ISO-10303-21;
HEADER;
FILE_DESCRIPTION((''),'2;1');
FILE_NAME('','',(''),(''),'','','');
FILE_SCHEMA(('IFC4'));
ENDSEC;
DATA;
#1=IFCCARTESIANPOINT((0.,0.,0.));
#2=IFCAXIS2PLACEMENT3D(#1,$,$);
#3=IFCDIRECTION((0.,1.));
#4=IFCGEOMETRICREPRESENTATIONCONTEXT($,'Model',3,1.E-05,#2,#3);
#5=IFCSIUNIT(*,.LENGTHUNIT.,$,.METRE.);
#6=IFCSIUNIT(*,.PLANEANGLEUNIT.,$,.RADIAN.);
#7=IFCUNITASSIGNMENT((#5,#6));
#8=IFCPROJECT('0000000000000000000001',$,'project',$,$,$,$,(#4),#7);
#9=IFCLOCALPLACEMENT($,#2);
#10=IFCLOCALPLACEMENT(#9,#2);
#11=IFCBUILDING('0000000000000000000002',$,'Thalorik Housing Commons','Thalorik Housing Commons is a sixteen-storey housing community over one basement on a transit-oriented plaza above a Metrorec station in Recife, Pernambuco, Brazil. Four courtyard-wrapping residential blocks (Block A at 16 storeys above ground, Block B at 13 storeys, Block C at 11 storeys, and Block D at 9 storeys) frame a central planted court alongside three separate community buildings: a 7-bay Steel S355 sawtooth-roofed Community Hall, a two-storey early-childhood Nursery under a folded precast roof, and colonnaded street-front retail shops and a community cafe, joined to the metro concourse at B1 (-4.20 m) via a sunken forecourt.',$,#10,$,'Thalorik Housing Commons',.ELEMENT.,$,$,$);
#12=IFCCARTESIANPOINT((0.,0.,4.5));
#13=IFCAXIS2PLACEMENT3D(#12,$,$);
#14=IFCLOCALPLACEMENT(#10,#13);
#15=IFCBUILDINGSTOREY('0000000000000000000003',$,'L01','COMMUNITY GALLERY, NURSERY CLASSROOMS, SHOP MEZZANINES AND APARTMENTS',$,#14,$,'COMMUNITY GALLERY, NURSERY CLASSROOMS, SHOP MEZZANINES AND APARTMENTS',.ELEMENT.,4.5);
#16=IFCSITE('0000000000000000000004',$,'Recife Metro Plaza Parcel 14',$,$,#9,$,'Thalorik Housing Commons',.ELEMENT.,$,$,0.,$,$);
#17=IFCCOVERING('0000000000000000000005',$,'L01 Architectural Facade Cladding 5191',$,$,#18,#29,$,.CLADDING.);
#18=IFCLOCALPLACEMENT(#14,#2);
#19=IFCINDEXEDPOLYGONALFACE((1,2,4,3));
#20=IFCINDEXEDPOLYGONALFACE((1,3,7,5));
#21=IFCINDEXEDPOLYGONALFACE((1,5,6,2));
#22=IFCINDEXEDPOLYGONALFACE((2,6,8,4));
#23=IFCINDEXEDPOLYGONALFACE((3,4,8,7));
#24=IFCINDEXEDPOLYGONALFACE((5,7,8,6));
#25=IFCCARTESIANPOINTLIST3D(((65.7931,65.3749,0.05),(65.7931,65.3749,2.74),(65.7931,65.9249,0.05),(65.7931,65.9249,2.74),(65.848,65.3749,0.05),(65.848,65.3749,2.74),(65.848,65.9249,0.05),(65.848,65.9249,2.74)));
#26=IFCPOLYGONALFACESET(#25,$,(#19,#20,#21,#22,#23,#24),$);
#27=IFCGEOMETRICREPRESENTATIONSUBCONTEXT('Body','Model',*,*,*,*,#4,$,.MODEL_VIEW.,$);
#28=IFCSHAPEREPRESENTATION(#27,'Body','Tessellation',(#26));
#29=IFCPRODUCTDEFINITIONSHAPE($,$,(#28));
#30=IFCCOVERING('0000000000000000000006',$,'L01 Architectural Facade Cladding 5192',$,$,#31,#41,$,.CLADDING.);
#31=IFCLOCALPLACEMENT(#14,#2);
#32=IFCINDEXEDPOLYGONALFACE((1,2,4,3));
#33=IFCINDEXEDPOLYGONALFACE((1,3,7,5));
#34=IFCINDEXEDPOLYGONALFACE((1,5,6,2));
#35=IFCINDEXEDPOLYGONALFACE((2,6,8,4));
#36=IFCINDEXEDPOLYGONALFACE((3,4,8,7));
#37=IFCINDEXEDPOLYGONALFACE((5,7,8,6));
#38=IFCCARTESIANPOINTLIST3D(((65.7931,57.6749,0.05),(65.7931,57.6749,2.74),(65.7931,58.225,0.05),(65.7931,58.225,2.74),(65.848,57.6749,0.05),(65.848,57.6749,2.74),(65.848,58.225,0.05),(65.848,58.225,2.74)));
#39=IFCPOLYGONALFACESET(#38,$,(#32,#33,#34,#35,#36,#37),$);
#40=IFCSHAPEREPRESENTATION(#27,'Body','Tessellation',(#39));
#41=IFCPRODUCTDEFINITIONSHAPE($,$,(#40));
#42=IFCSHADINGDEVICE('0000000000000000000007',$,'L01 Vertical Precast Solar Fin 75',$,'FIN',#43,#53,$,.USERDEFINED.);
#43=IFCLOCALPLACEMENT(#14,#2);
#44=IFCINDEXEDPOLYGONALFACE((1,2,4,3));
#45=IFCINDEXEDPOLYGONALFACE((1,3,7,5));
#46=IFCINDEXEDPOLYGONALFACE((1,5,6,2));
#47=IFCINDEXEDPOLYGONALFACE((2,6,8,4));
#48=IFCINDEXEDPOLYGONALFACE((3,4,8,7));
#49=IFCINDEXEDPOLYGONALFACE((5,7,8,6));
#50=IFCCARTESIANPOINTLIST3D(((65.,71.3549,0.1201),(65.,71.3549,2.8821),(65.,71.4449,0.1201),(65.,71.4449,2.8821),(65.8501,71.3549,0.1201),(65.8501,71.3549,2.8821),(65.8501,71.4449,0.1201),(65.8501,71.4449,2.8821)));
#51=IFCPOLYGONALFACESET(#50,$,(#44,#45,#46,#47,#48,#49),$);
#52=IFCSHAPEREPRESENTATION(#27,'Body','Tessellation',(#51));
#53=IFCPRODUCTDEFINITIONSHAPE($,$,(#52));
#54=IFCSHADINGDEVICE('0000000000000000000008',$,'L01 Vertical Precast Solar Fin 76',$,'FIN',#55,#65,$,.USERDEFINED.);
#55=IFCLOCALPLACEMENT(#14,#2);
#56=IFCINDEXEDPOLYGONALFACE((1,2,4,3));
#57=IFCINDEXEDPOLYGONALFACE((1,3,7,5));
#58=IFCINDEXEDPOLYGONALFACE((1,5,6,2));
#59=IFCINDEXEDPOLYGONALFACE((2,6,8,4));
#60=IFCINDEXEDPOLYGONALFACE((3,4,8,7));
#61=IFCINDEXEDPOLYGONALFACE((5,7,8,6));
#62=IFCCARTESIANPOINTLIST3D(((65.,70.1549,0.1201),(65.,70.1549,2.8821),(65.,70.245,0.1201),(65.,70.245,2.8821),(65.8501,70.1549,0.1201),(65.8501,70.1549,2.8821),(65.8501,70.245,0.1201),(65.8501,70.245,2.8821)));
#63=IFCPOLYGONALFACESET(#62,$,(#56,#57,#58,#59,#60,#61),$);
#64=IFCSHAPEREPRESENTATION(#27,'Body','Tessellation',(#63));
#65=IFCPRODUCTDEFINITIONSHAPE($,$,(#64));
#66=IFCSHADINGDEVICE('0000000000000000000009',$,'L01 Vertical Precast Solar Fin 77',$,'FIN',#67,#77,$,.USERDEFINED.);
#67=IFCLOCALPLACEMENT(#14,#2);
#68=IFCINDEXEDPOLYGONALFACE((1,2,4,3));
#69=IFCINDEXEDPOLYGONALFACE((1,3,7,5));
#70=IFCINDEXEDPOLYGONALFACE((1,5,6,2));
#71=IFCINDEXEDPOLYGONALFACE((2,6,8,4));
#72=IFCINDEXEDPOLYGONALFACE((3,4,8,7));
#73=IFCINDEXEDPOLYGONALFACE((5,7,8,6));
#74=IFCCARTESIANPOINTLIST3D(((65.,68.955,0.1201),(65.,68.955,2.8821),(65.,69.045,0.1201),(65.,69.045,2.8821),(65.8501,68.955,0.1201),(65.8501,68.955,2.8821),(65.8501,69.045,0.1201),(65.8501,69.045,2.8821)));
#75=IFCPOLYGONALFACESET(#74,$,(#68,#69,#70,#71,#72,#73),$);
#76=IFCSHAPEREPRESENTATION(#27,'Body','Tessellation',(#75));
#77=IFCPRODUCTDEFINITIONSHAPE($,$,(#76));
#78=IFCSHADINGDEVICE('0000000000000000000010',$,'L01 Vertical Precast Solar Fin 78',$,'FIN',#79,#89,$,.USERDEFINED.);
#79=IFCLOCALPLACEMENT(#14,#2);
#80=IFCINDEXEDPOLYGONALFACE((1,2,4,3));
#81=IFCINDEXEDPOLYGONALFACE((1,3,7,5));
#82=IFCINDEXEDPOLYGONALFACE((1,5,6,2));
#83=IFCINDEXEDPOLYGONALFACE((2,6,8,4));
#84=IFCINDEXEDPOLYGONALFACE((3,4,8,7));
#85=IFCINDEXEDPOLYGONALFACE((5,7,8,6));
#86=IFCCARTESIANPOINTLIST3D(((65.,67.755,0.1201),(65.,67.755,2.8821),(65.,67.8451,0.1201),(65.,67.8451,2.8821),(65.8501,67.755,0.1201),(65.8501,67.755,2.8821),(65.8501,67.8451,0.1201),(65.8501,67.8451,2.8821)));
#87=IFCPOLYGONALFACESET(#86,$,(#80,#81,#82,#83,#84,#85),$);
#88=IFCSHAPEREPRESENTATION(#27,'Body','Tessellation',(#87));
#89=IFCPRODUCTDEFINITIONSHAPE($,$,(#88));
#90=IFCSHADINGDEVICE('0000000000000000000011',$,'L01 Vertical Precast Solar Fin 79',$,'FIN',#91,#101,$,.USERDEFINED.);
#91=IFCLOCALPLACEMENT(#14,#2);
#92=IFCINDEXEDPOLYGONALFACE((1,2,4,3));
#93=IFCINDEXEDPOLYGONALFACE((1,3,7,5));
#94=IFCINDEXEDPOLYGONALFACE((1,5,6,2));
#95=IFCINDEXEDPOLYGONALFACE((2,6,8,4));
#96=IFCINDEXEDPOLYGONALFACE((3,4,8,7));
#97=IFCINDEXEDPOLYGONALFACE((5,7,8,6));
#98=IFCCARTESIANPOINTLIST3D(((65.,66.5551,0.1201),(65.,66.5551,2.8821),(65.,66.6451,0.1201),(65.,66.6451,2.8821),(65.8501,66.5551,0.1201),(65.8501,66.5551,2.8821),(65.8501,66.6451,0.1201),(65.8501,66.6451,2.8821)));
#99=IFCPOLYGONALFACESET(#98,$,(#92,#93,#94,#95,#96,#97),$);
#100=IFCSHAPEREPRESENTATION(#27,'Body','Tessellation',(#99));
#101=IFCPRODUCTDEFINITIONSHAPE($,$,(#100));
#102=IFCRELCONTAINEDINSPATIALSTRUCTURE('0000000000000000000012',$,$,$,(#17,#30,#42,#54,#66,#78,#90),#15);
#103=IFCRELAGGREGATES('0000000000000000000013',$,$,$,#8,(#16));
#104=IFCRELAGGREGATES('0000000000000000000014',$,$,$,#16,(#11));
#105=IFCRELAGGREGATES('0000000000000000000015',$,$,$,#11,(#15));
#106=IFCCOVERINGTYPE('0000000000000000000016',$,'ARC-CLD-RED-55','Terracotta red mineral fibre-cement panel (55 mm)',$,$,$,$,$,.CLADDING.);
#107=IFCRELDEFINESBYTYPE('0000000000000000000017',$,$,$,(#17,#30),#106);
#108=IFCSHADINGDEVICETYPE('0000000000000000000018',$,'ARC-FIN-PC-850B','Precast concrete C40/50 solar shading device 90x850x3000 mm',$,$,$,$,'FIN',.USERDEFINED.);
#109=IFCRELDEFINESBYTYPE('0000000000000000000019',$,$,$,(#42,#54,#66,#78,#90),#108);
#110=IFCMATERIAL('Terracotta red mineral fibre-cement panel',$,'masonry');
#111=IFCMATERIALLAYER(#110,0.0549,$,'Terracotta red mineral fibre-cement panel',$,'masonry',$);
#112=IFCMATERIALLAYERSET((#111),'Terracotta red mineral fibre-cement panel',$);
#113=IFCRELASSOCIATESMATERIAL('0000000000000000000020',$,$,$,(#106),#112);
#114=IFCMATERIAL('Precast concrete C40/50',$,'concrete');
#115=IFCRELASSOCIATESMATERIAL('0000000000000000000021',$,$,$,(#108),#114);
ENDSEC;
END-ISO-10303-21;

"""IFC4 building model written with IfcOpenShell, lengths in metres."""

from ifc_helpers import new_model, si_unit, direction, frame, origin, origin_2d, place, context, subcontext, project, spatial, rectangle, extrude, material, layer, layer_set, type_object, element, save


model = new_model("IFC4")

# Units and contexts
model_context = context("Model", 3, precision=1e-05, world=origin(), true_north=direction((0.0, 1.0)))
body_context = subcontext(model_context, "Body", "Model", "MODEL_VIEW")
ifc_project = project(units=[si_unit("LENGTHUNIT", "METRE"), si_unit("PLANEANGLEUNIT", "RADIAN")], contexts=[model_context])

# Site, building, storey
site_placement = place(None, origin())
site = spatial("IfcSite", under=ifc_project, at=site_placement, Name="Recife Metro Plaza Parcel 14", LongName="Thalorik Housing Commons", CompositionType="ELEMENT", RefElevation=0.0)
building_placement = place(site_placement, origin())
building = spatial("IfcBuilding", under=site, at=building_placement, Name="Thalorik Housing Commons", Description="Thalorik Housing Commons is a sixteen-storey housing community over one basement on a transit-oriented plaza above a Metrorec station in Recife, Pernambuco, Brazil. Four courtyard-wrapping residential blocks (Block A at 16 storeys above ground, Block B at 13 storeys, Block C at 11 storeys, and Block D at 9 storeys) frame a central planted court alongside three separate community buildings: a 7-bay Steel S355 sawtooth-roofed Community Hall, a two-storey early-childhood Nursery under a folded precast roof, and colonnaded street-front retail shops and a community cafe, joined to the metro concourse at B1 (-4.20 m) via a sunken forecourt.", LongName="Thalorik Housing Commons", CompositionType="ELEMENT")
storey_placement = place(building_placement, frame((0.0, 0.0, 4.5)))
storey = spatial("IfcBuildingStorey", under=building, at=storey_placement, Name="L01", Description="COMMUNITY GALLERY, NURSERY CLASSROOMS, SHOP MEZZANINES AND APARTMENTS", LongName="COMMUNITY GALLERY, NURSERY CLASSROOMS, SHOP MEZZANINES AND APARTMENTS", CompositionType="ELEMENT", Elevation=4.5)

# Coverings
ifc_material_1 = material(Name="Precast concrete C40/50", Category="concrete")
ifc_material_2 = material(Name="Terracotta red mineral fibre-cement panel", Category="masonry")
ifc_layer_1 = layer(ifc_material_2, 0.0549, Name="Terracotta red mineral fibre-cement panel", Category="masonry")
ifc_layer_set_1 = layer_set([ifc_layer_1], Name="Terracotta red mineral fibre-cement panel")
covering_type_1 = type_object("IfcCoveringType", Name="ARC-CLD-RED-55", Description="Terracotta red mineral fibre-cement panel (55 mm)", PredefinedType="CLADDING", material=ifc_layer_set_1)
for number, where, z_axis, x_axis, name in (
    (1, (65.8206, 65.6499, 0.05), (0.0, 0.0, 1.0), (0.0, -1.0, 0.0), "L01 Architectural Facade Cladding 5191"),
    (2, (65.8206, 57.95, 0.05), (0.0, 0.0, 1.0), (0.0, -1.0, 0.0), "L01 Architectural Facade Cladding 5192"),
):
    element("IfcCovering", number, at=place(storey_placement, frame(where, z_axis=z_axis, x_axis=x_axis)), inside=storey, type_object=covering_type_1, Name=name, PredefinedType="CLADDING", context=body_context, shape_type="SweptSolid", body=[
        extrude(rectangle(XDim=0.55, YDim=0.0549, at=origin_2d()), origin(), (0.0, 0.0, 1.0), 2.6899),
    ])

# Shading devices
shading_device_type = type_object("IfcShadingDeviceType", Name="ARC-FIN-PC-850B", Description="Precast concrete C40/50 solar shading device 90x850x3000 mm", ElementType="FIN", PredefinedType="USERDEFINED", material=ifc_material_1)
for number, where, z_axis, x_axis, name in (
    (3, (65.425, 71.3999, 0.1201), (0.0, 0.0, 1.0), (0.0, -1.0, 0.0), "L01 Vertical Precast Solar Fin 75"),
    (4, (65.425, 70.2, 0.1201), (0.0, 0.0, 1.0), (0.0, -1.0, 0.0), "L01 Vertical Precast Solar Fin 76"),
    (5, (65.425, 69.0, 0.1201), (0.0, 0.0, 1.0), (0.0, -1.0, 0.0), "L01 Vertical Precast Solar Fin 77"),
    (6, (65.425, 67.8, 0.1201), (0.0, 0.0, 1.0), (0.0, -1.0, 0.0), "L01 Vertical Precast Solar Fin 78"),
    (7, (65.425, 66.6001, 0.1201), (0.0, 0.0, 1.0), (0.0, -1.0, 0.0), "L01 Vertical Precast Solar Fin 79"),
):
    element("IfcShadingDevice", number, at=place(storey_placement, frame(where, z_axis=z_axis, x_axis=x_axis)), inside=storey, type_object=shading_device_type, Name=name, ObjectType="FIN", PredefinedType="USERDEFINED", context=body_context, shape_type="SweptSolid", body=[
        extrude(rectangle(XDim=0.0901, YDim=0.8501, at=origin_2d()), origin(), (0.0, 0.0, 1.0), 2.762),
    ])

save(model, "model.ifc")
